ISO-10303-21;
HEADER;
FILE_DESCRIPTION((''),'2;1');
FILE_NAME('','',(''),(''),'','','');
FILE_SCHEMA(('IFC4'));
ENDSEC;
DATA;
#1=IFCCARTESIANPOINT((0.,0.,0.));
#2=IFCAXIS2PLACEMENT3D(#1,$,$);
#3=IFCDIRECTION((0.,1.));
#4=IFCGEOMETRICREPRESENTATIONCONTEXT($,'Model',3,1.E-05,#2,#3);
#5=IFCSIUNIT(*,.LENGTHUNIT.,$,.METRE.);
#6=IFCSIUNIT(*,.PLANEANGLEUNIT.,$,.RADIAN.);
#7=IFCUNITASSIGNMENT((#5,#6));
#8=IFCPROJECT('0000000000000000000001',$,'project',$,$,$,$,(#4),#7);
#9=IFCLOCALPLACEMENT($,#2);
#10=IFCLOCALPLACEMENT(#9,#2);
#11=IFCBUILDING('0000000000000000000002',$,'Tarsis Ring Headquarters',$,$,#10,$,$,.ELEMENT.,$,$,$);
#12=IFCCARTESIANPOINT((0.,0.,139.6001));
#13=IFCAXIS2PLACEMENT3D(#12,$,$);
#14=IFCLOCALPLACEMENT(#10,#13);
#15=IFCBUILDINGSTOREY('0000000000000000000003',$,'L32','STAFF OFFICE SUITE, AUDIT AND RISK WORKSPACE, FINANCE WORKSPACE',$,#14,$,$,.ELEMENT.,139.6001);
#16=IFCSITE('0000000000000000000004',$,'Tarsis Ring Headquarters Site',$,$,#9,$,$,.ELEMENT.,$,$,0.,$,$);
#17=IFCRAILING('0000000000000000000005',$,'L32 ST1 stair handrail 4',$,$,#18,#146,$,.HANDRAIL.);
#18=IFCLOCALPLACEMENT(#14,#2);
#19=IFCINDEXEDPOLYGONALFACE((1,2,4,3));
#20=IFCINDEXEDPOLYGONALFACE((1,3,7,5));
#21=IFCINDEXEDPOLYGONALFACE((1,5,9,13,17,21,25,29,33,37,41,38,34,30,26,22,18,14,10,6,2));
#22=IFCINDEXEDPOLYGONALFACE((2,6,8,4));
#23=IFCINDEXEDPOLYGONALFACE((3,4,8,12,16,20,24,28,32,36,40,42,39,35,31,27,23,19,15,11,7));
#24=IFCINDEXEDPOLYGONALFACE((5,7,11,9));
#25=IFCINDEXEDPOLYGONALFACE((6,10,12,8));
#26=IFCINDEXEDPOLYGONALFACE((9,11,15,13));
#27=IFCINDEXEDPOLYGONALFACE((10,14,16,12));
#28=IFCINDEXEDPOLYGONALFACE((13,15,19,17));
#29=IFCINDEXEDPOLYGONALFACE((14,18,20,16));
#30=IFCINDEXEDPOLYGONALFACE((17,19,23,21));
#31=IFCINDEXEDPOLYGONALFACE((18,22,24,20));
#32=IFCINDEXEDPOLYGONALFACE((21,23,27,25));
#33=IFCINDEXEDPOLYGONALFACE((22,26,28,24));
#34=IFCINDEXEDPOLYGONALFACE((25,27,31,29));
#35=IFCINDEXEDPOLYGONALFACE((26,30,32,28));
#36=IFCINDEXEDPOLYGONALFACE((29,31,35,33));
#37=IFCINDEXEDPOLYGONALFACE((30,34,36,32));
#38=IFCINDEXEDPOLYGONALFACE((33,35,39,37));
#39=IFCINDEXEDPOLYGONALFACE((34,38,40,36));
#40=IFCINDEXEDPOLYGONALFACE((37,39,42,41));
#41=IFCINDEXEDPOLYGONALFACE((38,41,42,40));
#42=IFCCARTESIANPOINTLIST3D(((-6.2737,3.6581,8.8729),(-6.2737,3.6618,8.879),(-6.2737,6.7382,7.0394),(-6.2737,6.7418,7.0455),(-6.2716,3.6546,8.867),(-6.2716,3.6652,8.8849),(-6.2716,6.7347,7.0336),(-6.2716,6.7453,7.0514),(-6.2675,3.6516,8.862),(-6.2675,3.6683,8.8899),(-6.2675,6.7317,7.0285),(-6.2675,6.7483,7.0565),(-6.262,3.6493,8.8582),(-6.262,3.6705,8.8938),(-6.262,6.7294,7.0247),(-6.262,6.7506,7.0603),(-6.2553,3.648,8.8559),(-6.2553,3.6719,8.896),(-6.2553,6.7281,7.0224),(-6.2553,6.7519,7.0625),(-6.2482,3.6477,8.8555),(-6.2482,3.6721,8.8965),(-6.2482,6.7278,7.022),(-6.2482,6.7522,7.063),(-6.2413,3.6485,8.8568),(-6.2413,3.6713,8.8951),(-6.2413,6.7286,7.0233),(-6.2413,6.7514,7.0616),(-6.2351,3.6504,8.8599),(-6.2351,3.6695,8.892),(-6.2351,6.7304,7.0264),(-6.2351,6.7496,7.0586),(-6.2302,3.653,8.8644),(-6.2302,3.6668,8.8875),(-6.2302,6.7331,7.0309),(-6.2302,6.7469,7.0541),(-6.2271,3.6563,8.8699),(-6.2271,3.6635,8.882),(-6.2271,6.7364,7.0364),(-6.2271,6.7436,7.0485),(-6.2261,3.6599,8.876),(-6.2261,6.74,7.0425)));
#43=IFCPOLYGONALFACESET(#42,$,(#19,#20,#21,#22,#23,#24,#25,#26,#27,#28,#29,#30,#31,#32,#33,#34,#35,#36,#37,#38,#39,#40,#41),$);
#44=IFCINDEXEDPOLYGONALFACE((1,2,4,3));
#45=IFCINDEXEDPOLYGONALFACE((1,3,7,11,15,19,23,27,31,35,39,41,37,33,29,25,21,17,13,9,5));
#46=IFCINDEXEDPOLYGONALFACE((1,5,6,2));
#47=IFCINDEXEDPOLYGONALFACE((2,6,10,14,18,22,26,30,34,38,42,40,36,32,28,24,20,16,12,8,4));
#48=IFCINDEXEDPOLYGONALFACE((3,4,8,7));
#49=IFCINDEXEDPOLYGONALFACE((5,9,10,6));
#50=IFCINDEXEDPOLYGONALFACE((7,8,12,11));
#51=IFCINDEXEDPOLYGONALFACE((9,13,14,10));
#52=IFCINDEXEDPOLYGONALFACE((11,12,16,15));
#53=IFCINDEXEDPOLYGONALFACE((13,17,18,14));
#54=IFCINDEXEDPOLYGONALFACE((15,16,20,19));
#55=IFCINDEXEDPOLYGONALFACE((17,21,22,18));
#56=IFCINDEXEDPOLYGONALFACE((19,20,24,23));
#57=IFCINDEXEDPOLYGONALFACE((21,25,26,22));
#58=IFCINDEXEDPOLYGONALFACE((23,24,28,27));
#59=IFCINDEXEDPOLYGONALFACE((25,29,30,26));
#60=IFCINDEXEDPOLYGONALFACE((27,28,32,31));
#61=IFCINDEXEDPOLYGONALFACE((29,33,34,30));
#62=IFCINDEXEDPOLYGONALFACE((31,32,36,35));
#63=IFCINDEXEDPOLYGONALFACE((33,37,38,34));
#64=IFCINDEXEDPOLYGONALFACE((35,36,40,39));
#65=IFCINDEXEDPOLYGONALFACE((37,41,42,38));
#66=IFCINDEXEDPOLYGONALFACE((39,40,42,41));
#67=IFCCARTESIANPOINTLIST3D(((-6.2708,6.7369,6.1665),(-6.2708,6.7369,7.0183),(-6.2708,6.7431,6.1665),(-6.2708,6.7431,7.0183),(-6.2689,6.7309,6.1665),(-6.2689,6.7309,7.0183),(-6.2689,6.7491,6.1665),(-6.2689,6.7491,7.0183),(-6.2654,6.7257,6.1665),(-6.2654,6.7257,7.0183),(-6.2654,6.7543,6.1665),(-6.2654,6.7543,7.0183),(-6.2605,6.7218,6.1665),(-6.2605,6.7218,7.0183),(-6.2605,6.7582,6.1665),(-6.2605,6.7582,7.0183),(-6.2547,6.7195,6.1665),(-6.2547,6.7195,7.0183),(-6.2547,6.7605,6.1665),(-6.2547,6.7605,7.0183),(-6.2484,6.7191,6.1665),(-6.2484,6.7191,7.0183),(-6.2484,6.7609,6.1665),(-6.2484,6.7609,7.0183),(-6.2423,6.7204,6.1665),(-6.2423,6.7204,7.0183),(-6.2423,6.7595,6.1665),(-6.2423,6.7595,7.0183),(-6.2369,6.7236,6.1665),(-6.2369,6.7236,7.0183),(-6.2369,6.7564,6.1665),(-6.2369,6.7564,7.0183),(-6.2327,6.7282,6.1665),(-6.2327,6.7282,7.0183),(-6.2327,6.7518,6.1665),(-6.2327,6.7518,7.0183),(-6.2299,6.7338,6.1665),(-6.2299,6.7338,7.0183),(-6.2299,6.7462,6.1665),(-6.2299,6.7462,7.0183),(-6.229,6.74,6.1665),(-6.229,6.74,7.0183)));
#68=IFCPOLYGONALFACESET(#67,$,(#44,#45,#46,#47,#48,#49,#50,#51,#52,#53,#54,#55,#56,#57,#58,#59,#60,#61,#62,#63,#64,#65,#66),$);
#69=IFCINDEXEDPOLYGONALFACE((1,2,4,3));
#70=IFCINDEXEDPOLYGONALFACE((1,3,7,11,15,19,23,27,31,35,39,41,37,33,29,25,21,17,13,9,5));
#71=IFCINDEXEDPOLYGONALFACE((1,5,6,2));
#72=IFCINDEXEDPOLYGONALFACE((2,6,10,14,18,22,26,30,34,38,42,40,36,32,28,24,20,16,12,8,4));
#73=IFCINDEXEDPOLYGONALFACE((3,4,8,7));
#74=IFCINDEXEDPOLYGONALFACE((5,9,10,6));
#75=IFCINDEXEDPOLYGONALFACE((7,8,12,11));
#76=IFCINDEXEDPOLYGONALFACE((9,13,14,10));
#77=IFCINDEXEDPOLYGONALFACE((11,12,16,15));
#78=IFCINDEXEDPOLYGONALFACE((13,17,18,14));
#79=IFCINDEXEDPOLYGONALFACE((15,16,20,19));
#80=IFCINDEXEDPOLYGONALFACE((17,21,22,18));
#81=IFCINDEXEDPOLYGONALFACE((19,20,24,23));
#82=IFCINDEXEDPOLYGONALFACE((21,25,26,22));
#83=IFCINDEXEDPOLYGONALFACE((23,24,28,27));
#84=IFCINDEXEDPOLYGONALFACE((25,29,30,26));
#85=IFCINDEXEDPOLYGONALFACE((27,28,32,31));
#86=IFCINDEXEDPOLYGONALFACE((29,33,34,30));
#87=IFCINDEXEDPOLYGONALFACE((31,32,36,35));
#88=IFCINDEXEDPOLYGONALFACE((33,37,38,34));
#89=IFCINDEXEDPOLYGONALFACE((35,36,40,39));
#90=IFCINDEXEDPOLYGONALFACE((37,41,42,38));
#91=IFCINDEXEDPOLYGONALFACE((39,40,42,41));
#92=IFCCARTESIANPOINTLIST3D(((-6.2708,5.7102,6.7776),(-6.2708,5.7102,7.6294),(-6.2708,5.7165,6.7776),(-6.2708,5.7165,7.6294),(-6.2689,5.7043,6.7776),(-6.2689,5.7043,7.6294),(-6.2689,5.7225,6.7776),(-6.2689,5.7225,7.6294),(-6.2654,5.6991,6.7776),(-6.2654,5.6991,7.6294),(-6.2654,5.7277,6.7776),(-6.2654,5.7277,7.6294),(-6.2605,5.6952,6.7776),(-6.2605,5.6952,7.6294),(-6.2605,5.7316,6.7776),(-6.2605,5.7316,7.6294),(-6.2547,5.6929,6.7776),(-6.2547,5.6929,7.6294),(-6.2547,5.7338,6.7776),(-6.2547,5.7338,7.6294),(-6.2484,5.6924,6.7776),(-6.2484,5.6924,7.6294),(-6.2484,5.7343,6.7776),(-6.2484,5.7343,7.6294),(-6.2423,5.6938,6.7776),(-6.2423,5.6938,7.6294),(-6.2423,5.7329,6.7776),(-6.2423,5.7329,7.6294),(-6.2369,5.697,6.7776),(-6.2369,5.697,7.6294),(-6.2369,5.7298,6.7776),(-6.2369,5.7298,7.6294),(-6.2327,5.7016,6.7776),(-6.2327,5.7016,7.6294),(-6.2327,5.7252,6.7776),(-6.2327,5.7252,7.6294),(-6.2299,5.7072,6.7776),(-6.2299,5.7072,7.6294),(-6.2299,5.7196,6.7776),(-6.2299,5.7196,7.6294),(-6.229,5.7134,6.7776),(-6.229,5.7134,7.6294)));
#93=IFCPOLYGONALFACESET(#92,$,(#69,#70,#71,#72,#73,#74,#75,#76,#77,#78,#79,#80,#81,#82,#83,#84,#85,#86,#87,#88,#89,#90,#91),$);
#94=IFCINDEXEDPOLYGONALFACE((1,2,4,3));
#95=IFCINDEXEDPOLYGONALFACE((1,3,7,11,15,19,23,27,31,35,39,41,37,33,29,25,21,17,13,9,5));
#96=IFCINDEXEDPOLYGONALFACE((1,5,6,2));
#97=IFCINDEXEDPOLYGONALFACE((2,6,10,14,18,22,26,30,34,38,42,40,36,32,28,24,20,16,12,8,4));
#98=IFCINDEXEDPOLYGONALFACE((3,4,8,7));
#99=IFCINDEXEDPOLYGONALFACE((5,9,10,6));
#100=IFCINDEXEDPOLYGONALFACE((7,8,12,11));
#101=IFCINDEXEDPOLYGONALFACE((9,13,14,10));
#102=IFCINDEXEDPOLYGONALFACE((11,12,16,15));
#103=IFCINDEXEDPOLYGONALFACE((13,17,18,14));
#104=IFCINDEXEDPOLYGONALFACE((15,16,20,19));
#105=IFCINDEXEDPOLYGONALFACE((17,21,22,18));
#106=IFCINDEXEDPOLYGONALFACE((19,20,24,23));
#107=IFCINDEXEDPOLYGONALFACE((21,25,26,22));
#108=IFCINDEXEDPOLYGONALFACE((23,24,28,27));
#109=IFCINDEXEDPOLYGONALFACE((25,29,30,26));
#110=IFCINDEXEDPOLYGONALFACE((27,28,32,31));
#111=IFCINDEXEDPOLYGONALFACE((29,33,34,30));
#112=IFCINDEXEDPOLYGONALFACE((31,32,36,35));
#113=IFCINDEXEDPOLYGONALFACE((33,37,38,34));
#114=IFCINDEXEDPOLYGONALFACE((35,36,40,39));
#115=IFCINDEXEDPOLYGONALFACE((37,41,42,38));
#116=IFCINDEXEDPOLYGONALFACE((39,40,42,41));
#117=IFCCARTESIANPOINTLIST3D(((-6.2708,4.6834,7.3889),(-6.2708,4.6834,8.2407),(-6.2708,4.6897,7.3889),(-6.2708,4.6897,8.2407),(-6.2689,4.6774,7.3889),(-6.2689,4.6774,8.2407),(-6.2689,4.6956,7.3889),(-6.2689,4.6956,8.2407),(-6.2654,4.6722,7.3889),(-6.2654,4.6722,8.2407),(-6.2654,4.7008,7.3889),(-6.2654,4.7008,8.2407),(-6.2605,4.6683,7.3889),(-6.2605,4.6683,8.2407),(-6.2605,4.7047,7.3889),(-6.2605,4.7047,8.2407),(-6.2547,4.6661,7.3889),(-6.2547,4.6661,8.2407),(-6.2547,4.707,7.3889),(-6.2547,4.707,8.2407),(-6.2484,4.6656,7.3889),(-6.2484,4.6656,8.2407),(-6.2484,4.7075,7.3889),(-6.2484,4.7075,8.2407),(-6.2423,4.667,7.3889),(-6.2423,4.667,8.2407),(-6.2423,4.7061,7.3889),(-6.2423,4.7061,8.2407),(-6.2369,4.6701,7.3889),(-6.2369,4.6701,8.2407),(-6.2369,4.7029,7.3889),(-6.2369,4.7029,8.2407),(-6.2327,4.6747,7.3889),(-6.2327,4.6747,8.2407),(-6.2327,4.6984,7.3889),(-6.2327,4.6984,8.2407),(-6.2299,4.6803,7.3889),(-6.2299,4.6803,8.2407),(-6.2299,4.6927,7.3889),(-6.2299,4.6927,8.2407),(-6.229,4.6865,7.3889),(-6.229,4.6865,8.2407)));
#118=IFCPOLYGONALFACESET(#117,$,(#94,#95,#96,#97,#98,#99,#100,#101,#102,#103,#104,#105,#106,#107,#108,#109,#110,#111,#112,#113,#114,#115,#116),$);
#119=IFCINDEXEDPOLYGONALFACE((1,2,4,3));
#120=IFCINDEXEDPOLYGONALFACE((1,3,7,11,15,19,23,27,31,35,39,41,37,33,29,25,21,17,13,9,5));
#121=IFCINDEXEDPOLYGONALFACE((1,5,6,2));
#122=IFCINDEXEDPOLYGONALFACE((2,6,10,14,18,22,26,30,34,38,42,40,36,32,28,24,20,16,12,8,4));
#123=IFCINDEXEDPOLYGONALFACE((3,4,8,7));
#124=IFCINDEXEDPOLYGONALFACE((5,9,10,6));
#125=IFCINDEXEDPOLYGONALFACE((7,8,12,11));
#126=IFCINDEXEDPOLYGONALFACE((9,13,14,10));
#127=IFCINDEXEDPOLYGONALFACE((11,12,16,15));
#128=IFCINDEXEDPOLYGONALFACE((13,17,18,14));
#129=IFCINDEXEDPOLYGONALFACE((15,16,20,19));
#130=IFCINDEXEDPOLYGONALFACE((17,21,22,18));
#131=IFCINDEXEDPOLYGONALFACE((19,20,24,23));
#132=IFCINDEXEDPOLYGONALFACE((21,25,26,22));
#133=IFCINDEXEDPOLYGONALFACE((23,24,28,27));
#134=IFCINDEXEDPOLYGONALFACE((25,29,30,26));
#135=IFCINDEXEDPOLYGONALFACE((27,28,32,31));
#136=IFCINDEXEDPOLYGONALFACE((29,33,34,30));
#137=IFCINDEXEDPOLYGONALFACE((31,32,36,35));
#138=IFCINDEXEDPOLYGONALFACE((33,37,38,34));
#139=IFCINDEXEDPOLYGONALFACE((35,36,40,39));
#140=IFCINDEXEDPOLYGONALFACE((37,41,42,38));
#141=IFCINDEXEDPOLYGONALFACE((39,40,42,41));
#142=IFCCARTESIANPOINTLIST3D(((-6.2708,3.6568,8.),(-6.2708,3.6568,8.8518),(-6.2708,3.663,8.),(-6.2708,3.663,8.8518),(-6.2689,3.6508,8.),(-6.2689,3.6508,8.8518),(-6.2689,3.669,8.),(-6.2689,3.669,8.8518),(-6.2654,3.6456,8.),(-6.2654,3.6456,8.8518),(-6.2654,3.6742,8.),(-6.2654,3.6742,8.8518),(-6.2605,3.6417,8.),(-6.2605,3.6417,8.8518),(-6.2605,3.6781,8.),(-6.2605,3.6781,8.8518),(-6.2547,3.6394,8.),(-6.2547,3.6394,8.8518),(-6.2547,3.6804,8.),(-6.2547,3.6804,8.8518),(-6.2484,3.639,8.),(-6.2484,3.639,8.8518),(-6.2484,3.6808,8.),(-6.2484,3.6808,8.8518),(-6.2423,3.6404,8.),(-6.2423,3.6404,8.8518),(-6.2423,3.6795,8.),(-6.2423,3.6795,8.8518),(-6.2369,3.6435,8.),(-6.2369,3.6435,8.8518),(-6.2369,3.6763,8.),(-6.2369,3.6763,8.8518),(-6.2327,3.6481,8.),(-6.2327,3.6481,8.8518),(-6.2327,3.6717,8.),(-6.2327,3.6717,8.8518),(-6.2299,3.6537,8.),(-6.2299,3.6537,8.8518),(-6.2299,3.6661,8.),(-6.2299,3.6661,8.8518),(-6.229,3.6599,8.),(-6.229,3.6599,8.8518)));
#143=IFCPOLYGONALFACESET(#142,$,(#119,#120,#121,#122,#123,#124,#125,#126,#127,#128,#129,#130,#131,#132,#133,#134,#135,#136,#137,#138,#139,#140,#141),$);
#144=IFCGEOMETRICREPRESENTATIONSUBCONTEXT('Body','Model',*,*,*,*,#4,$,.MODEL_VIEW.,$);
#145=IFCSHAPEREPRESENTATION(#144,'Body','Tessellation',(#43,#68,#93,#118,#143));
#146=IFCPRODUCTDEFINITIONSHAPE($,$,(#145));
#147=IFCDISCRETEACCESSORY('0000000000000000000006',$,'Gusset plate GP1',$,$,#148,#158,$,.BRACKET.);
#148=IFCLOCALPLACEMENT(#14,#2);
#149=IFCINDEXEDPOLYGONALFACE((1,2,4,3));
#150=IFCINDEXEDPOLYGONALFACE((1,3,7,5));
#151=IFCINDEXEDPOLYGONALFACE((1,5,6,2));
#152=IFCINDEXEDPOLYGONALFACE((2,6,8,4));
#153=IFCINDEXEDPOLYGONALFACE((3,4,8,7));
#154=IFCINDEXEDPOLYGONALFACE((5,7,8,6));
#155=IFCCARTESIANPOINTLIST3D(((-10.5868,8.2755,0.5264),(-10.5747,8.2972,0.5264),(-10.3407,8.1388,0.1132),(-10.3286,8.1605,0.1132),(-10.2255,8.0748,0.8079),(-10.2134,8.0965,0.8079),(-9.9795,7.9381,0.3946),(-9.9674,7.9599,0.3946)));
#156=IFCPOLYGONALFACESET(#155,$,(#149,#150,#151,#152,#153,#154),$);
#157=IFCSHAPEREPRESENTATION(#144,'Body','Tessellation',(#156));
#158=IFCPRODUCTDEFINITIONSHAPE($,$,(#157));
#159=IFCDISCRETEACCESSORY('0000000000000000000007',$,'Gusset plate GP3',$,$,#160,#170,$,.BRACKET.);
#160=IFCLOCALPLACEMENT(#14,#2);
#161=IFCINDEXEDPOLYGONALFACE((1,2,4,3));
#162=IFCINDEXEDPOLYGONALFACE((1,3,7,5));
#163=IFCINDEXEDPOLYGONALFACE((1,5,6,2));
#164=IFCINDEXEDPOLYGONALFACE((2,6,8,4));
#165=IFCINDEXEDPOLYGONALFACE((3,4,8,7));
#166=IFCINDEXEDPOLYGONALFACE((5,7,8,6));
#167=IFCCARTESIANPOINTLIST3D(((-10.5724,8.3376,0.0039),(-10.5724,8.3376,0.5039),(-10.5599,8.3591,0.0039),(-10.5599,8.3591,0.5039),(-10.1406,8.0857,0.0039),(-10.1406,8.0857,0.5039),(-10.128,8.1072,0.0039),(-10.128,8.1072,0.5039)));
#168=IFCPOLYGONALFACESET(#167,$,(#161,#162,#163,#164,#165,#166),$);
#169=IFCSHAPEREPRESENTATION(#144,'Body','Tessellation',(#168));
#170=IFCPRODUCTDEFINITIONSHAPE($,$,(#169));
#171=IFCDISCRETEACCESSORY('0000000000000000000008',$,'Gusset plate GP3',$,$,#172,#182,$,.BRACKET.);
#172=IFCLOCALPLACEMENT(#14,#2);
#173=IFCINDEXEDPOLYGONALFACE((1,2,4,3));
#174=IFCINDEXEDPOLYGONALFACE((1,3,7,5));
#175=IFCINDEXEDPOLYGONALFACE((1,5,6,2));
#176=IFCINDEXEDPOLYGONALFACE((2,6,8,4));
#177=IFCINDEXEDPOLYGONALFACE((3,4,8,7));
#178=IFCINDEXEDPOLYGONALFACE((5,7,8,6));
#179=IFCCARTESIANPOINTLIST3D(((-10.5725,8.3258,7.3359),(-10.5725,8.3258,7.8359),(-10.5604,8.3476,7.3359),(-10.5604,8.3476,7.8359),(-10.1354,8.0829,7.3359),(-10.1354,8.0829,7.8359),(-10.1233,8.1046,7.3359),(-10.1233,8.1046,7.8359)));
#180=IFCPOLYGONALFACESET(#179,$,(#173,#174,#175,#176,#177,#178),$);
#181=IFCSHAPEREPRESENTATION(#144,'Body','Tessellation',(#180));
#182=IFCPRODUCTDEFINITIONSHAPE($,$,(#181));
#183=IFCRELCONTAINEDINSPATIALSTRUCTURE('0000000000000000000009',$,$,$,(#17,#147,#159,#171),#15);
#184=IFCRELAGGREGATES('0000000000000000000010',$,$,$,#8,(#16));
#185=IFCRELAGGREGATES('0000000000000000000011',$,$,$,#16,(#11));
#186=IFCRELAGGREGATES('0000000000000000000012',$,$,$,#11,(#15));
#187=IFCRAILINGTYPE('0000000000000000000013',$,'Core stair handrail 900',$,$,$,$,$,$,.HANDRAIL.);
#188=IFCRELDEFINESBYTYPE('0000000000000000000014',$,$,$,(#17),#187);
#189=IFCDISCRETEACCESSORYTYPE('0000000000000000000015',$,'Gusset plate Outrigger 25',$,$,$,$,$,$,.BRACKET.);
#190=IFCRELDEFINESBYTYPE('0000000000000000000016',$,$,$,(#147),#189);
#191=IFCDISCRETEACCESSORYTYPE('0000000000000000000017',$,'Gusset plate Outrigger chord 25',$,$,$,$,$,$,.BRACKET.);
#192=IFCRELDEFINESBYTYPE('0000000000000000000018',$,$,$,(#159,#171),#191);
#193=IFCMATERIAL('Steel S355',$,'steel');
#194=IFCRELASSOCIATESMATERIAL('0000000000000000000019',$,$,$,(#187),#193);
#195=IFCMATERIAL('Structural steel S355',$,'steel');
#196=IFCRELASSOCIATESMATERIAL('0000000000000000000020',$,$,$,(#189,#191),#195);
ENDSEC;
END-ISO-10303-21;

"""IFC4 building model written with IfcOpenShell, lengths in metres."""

from ifc_helpers import new_model, si_unit, direction, frame, origin, origin_2d, place, context, subcontext, project, spatial, rectangle, circle, extrude, material, material_profile, profile_set, type_object, element, save


model = new_model("IFC4")

# Units and contexts
model_context = context("Model", 3, precision=1e-05, world=origin(), true_north=direction((0.0, 1.0)))
body_context = subcontext(model_context, "Body", "Model", "MODEL_VIEW")
ifc_project = project(units=[si_unit("LENGTHUNIT", "METRE"), si_unit("PLANEANGLEUNIT", "RADIAN")], contexts=[model_context])

# Site, building, storey
site_placement = place(None, origin())
site = spatial("IfcSite", under=ifc_project, at=site_placement, Name="Tarsis Ring Headquarters Site", CompositionType="ELEMENT", RefElevation=0.0)
building_placement = place(site_placement, origin())
building = spatial("IfcBuilding", under=site, at=building_placement, Name="Tarsis Ring Headquarters", CompositionType="ELEMENT")
storey_placement = place(building_placement, frame((0.0, 0.0, 139.6001)))
storey = spatial("IfcBuildingStorey", under=building, at=storey_placement, Name="L32", Description="STAFF OFFICE SUITE, AUDIT AND RISK WORKSPACE, FINANCE WORKSPACE", CompositionType="ELEMENT", Elevation=139.6001)

# Shared definitions
ifc_material_1 = material(Name="Structural steel S355", Category="steel")

# Shared definitions
ifc_material_2 = material(Name="Steel S355", Category="steel")

# Railing
railing_type_1 = type_object("IfcRailingType", Name="Core stair handrail 900", PredefinedType="HANDRAIL", material=ifc_material_2)
for number, where, name in (
    (1, (-6.25, 6.74, 6.1665), "L32 ST1 stair handrail 4"),
):
    element("IfcRailing", number, at=place(storey_placement, frame(where)), inside=storey, type_object=railing_type_1, Name=name, PredefinedType="HANDRAIL", context=body_context, shape_type="SweptSolid", body=[
        extrude(circle(Radius=0.0239, at=origin_2d()), frame((0.0, 0.0, 0.876), z_axis=(0.0, -0.859279, 0.511508), x_axis=(1.0, 0.0, 0.0)), (0.0, 0.0, 1.0), 3.5845),
        extrude(circle(Radius=0.021, at=origin_2d()), origin(), (0.0, 0.0, 1.0), 0.8518),
        extrude(circle(Radius=0.021, at=origin_2d()), frame((0.0, -1.0266, 0.6111)), (0.0, 0.0, 1.0), 0.8518),
        extrude(circle(Radius=0.021, at=origin_2d()), frame((0.0, -2.0535, 1.2224)), (0.0, 0.0, 1.0), 0.8518),
        extrude(circle(Radius=0.021, at=origin_2d()), frame((0.0, -3.0801, 1.8335)), (0.0, 0.0, 1.0), 0.8518),
    ])

# Discrete accessories
ifc_material_profile_1 = material_profile(ifc_material_1, rectangle(XDim=0.0249, YDim=0.5, at=origin_2d()), Name="PL 25x500")
ifc_profile_set_1 = profile_set([ifc_material_profile_1], Name="Structural steel S355")
discrete_accessory_type_1 = type_object("IfcDiscreteAccessoryType", Name="Gusset plate Outrigger 25", PredefinedType="BRACKET", material=ifc_profile_set_1)
discrete_accessory_placement = place(storey_placement, frame((-10.1541, 8.0493, 0.2539), z_axis=(-0.492093, 0.273385, 0.826502), x_axis=(-0.485643, -0.874157, 0.0)))
element("IfcDiscreteAccessory", 2, at=discrete_accessory_placement, inside=storey, type_object=discrete_accessory_type_1, Name="Gusset plate GP1", PredefinedType="BRACKET", context=body_context, shape_type="SweptSolid", body=[
    extrude(rectangle(XDim=0.0249, YDim=0.5, at=origin_2d()), origin(), (0.0, 0.0, 1.0), 0.5),
])
discrete_accessory_type_2 = type_object("IfcDiscreteAccessoryType", Name="Gusset plate Outrigger chord 25", PredefinedType="BRACKET", material=ifc_profile_set_1)
for number, where, z_axis, x_axis, name in (
    (3, (-10.1343, 8.0964, 0.2539), (-0.863761, 0.503901, 0.0), (-0.503901, -0.863761, 0.0), "Gusset plate GP3"),
    (4, (-10.1294, 8.0938, 7.5859), (-0.874042, 0.48585, 0.0), (-0.48585, -0.874042, 0.0), "Gusset plate GP3"),
):
    element("IfcDiscreteAccessory", number, at=place(storey_placement, frame(where, z_axis=z_axis, x_axis=x_axis)), inside=storey, type_object=discrete_accessory_type_2, Name=name, PredefinedType="BRACKET", context=body_context, shape_type="SweptSolid", body=[
        extrude(rectangle(XDim=0.0249, YDim=0.5, at=origin_2d()), origin(), (0.0, 0.0, 1.0), 0.5),
    ])

save(model, "model.ifc")
